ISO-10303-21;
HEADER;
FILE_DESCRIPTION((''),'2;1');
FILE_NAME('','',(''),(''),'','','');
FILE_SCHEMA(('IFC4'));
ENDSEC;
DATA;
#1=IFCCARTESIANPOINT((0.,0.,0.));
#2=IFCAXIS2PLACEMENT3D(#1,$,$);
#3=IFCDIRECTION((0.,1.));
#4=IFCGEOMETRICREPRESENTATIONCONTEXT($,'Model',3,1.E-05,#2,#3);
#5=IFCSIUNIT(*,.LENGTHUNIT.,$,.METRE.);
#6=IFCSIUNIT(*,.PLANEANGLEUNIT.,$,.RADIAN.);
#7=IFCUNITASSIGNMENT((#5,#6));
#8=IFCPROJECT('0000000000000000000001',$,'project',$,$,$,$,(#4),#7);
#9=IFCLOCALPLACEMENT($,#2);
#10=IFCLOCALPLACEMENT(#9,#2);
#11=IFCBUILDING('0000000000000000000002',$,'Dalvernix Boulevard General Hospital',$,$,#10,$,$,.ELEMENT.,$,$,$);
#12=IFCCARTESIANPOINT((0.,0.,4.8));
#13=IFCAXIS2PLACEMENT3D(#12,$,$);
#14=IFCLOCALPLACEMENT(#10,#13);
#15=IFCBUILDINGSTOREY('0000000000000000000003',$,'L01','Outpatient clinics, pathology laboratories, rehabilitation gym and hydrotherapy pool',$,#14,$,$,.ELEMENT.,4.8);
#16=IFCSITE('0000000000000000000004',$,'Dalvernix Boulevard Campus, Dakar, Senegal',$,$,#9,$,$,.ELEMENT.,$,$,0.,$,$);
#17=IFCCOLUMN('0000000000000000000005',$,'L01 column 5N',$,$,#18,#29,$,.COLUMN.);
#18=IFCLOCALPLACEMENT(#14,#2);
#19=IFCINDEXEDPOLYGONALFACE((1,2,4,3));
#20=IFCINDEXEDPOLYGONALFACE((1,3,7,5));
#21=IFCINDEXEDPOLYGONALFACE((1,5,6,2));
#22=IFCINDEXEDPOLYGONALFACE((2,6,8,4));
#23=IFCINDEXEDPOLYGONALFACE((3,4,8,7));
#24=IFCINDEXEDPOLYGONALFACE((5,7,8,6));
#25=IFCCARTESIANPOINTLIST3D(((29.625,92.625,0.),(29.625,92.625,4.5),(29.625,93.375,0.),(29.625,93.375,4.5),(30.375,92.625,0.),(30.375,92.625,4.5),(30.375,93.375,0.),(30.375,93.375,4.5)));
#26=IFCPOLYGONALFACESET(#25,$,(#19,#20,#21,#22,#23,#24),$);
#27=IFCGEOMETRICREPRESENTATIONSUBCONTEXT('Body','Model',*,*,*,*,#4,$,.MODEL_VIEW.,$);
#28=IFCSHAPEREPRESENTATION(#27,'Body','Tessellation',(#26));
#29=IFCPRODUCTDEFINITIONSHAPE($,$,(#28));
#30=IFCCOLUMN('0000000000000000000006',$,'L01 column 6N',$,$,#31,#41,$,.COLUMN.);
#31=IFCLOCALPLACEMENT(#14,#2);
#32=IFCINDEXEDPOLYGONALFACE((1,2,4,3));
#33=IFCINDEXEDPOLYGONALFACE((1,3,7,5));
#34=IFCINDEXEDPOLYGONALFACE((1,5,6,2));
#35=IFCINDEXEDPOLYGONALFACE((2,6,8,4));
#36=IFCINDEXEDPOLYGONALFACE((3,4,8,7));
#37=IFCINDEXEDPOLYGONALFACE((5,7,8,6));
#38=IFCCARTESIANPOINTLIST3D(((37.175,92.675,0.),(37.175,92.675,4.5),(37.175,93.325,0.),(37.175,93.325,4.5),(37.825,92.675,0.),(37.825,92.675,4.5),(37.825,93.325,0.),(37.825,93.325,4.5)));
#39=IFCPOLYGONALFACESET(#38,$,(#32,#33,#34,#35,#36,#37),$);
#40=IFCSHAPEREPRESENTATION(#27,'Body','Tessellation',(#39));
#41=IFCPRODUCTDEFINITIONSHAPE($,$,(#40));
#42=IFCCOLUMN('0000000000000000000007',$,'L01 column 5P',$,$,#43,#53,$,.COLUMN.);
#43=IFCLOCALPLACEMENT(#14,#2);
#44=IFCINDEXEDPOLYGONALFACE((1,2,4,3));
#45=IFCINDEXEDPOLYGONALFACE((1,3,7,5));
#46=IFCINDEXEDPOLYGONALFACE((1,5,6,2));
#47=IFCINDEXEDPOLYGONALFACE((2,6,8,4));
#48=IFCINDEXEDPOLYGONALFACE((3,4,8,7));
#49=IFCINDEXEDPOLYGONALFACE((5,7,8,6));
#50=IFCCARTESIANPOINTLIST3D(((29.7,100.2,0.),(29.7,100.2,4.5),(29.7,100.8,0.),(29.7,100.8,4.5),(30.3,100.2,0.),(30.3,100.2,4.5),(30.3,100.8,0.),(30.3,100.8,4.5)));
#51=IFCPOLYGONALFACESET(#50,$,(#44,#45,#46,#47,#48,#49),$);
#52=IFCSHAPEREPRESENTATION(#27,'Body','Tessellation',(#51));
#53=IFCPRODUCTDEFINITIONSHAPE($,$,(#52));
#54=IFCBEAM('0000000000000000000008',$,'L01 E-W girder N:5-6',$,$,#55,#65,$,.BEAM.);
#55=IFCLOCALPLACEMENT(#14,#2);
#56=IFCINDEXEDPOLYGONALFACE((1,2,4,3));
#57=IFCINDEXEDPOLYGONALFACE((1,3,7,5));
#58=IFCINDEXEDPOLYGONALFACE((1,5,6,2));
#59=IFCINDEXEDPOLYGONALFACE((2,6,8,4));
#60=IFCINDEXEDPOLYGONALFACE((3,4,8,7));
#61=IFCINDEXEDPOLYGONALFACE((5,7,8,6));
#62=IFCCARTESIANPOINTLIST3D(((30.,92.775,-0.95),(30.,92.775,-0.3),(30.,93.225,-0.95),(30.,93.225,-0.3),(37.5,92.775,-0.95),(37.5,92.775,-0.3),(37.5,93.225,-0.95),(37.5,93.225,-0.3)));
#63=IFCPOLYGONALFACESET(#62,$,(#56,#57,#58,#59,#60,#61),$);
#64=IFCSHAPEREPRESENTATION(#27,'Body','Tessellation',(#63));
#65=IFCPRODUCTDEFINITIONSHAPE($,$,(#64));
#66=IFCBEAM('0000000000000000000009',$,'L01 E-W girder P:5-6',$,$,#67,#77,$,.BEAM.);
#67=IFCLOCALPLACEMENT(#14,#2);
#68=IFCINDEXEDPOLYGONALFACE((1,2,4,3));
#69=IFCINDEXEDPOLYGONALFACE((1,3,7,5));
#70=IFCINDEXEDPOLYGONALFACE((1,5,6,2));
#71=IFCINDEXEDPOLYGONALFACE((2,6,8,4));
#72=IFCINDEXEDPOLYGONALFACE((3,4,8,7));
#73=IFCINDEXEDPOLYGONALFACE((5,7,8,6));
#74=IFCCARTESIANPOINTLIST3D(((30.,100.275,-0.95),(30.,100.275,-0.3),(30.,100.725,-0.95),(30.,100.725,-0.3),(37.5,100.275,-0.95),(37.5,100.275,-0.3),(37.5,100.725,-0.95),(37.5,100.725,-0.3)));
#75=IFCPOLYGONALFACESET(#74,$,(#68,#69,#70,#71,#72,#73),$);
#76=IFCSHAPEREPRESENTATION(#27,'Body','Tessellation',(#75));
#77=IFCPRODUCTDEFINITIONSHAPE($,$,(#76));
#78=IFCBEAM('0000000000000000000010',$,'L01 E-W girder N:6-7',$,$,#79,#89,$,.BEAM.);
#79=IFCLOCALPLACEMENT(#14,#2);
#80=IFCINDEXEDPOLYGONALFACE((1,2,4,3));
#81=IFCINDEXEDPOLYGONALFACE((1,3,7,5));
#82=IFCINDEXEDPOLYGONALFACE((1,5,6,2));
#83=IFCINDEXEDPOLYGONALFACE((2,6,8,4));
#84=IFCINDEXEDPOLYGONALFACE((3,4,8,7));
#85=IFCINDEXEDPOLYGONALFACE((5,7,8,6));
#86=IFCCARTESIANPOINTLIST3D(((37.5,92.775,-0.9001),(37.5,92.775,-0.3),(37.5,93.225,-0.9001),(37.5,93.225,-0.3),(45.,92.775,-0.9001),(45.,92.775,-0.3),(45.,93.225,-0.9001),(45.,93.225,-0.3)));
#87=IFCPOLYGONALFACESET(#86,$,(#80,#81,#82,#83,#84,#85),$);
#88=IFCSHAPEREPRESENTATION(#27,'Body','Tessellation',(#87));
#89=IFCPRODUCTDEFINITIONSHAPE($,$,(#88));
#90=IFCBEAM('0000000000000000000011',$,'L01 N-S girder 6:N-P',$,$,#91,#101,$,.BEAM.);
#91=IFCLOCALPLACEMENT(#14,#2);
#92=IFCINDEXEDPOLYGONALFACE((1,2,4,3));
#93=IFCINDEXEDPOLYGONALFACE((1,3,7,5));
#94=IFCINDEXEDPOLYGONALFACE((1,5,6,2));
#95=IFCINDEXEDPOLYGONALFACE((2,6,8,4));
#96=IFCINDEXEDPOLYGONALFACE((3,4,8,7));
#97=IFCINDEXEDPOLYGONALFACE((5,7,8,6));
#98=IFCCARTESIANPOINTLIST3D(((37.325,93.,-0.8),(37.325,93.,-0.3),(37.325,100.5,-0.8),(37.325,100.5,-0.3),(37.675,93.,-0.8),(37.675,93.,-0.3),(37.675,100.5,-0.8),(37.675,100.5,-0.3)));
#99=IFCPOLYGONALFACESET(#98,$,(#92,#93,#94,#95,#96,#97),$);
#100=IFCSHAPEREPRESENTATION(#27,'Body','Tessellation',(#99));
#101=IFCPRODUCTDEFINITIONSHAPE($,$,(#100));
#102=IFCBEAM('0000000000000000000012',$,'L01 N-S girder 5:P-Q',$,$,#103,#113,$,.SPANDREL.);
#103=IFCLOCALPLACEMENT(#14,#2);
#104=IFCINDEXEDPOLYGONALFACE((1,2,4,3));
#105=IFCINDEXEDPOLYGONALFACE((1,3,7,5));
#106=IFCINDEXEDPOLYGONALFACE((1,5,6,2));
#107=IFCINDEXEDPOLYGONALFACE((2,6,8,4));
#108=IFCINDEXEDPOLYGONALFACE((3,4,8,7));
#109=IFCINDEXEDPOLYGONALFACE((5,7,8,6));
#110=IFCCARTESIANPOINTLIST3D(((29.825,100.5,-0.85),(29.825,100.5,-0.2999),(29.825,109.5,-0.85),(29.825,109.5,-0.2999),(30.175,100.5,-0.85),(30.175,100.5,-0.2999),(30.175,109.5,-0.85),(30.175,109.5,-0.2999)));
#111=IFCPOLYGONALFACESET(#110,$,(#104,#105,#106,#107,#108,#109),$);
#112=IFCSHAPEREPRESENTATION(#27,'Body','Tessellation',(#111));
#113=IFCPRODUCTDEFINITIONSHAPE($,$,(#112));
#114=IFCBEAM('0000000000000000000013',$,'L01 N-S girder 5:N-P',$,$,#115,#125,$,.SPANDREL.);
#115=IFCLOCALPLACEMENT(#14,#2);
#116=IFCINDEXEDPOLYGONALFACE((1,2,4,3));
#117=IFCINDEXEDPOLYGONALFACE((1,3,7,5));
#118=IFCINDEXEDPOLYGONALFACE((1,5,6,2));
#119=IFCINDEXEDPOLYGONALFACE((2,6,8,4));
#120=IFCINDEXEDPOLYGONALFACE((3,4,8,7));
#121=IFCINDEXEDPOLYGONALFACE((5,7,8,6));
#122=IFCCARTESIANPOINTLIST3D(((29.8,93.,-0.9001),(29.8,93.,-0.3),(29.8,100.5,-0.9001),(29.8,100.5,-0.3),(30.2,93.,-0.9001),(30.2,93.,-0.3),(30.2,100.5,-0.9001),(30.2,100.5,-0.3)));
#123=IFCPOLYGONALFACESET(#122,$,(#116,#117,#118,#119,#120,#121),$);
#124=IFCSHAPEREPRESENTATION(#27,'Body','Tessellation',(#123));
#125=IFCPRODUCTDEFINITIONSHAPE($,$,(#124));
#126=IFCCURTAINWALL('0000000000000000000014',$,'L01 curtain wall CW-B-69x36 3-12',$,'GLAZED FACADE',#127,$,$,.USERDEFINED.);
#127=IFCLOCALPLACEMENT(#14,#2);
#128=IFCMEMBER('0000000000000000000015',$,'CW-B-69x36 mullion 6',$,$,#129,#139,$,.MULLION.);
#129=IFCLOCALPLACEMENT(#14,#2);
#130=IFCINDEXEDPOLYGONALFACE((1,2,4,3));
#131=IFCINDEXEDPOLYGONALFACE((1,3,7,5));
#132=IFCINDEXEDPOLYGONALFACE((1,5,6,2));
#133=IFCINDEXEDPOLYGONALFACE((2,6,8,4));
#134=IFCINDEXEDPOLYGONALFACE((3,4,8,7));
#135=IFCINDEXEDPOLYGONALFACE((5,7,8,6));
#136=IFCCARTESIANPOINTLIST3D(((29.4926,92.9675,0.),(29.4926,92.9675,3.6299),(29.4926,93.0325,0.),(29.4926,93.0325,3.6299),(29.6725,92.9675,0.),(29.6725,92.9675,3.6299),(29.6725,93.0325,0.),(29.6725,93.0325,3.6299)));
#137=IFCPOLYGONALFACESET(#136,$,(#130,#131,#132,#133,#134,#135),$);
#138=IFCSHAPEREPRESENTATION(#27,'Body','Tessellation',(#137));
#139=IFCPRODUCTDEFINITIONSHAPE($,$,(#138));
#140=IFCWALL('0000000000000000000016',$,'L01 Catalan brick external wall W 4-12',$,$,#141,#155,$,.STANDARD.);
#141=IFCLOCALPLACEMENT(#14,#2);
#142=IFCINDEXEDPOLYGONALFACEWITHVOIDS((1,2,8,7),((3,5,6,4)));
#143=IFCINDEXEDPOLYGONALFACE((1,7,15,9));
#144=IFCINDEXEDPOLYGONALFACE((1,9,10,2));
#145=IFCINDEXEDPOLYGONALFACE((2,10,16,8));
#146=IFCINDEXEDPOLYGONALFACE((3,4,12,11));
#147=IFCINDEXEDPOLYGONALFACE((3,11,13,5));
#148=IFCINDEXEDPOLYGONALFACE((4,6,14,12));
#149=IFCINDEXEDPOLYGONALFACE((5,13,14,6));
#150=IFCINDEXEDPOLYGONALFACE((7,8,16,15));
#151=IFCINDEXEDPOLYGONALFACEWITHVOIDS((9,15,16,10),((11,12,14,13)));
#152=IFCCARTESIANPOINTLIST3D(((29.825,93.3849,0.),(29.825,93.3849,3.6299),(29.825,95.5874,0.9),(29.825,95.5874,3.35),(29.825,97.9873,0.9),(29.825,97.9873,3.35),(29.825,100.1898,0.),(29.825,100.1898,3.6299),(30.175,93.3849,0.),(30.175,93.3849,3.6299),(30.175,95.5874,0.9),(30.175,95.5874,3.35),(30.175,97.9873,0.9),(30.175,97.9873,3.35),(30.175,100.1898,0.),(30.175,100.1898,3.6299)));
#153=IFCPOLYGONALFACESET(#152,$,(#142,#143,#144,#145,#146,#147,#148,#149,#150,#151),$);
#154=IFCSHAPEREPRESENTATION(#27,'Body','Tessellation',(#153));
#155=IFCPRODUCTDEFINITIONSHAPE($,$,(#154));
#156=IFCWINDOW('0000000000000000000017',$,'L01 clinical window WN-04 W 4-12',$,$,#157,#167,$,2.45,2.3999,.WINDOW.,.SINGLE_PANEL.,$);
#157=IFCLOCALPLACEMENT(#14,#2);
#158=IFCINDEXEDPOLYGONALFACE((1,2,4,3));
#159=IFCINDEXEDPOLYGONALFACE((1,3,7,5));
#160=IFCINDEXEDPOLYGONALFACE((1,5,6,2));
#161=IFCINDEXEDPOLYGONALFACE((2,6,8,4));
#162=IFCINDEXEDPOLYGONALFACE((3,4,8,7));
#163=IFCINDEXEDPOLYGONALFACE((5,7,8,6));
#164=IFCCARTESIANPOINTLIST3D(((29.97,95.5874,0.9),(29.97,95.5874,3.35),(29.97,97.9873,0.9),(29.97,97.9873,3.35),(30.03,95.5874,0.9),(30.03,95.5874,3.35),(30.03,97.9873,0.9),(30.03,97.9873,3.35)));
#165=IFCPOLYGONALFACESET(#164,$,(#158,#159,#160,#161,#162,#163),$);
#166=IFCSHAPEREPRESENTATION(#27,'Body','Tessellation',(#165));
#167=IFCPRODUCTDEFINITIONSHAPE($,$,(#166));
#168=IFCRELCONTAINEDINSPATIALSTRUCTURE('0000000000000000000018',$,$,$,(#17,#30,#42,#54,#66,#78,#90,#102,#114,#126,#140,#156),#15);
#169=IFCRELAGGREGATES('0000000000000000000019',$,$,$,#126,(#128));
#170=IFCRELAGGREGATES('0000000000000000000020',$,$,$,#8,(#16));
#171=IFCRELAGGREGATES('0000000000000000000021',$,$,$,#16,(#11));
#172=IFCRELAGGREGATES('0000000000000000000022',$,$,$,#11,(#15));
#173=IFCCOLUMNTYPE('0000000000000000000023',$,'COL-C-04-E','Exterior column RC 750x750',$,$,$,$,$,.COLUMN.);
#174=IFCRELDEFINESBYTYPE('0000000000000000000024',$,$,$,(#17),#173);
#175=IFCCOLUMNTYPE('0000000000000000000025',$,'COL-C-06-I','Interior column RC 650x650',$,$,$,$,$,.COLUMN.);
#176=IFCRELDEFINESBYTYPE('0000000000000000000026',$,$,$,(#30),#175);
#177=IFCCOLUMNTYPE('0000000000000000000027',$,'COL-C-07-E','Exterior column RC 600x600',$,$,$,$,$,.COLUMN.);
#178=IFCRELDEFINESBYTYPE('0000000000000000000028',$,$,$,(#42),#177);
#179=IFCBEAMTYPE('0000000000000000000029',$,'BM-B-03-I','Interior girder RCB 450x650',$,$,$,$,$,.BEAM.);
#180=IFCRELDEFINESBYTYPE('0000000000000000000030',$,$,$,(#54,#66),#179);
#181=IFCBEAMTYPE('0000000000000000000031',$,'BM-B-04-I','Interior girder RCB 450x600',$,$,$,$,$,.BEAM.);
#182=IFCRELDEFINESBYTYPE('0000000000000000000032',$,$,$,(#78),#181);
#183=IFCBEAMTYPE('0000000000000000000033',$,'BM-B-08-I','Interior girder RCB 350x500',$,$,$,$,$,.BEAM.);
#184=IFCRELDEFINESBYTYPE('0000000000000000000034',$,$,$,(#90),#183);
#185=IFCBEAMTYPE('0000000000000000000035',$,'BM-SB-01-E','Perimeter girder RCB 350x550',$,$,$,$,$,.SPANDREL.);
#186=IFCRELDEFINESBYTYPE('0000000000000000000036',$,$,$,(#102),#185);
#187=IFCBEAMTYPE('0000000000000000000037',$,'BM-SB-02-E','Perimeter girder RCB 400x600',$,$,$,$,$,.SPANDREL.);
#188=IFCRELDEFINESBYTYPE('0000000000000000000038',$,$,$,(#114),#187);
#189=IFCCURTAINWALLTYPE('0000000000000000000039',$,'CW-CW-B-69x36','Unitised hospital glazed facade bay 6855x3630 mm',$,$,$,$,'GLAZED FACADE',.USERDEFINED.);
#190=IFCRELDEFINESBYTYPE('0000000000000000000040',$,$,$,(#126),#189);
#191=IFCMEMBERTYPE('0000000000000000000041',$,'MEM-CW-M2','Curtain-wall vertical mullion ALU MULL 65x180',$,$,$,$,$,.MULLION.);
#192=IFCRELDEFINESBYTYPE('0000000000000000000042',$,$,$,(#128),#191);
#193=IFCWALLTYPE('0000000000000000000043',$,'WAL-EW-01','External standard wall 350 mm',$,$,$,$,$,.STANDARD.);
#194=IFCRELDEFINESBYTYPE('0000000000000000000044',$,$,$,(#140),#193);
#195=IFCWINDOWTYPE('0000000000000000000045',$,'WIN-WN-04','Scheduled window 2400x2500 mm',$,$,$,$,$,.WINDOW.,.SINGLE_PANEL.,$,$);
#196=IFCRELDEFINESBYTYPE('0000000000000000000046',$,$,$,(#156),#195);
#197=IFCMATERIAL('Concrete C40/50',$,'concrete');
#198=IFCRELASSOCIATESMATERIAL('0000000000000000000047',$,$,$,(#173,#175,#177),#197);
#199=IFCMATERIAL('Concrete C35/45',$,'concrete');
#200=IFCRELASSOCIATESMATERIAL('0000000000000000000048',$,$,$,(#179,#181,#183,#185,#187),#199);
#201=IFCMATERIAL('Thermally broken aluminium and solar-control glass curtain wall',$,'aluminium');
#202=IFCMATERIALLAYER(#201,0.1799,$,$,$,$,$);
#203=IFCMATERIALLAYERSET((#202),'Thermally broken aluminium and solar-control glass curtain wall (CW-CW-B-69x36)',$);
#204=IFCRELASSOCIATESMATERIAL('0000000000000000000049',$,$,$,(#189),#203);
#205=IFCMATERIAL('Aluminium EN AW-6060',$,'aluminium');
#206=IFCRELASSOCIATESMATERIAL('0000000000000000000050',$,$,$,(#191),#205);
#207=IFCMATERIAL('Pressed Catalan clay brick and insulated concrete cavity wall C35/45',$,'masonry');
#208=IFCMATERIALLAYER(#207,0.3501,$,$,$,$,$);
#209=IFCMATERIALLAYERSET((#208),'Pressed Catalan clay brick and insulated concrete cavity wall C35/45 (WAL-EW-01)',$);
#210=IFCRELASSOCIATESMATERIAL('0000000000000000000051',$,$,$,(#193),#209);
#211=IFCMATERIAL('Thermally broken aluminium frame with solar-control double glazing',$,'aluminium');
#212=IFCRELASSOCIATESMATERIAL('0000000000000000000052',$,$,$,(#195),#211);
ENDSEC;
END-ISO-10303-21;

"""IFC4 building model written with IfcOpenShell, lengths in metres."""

from ifc_helpers import new_model, si_unit, direction, frame, frame_2d, origin, origin_2d, place, context, subcontext, project, spatial, rectangle, extrude, material, layer, layer_set, material_profile, profile_set, type_object, element, fill, aggregate, save


model = new_model("IFC4")

# Units and contexts
model_context = context("Model", 3, precision=1e-05, world=origin(), true_north=direction((0.0, 1.0)))
body_context = subcontext(model_context, "Body", "Model", "MODEL_VIEW")
ifc_project = project(units=[si_unit("LENGTHUNIT", "METRE"), si_unit("PLANEANGLEUNIT", "RADIAN")], contexts=[model_context])

# Site, building, storey
site_placement = place(None, origin())
site = spatial("IfcSite", under=ifc_project, at=site_placement, Name="Dalvernix Boulevard Campus, Dakar, Senegal", CompositionType="ELEMENT", RefElevation=0.0)
building_placement = place(site_placement, origin())
building = spatial("IfcBuilding", under=site, at=building_placement, Name="Dalvernix Boulevard General Hospital", CompositionType="ELEMENT")
storey_placement = place(building_placement, frame((0.0, 0.0, 4.8)))
storey = spatial("IfcBuildingStorey", under=building, at=storey_placement, Name="L01", Description="Outpatient clinics, pathology laboratories, rehabilitation gym and hydrotherapy pool", CompositionType="ELEMENT", Elevation=4.8)

# Columns
ifc_material_1 = material(Name="Concrete C40/50", Category="concrete")
ifc_material_profile_1 = material_profile(ifc_material_1, rectangle(XDim=0.75, YDim=0.75, at=origin_2d()), Name="RC 750x750")
ifc_profile_set_1 = profile_set([ifc_material_profile_1], Name="Concrete C40/50")
column_type_1 = type_object("IfcColumnType", Name="COL-C-04-E", Description="Exterior column RC 750x750", PredefinedType="COLUMN", material=ifc_profile_set_1)
column_1_placement = place(storey_placement, frame((30.0, 93.0, 0.0), z_axis=(0.0, 0.0, 1.0), x_axis=(1.0, 0.0, 0.0)))
element("IfcColumn", 1, at=column_1_placement, inside=storey, type_object=column_type_1, Name="L01 column 5N", PredefinedType="COLUMN", context=body_context, shape_type="SweptSolid", body=[
    extrude(rectangle(XDim=0.75, YDim=0.75, at=origin_2d()), origin(), (0.0, 0.0, 1.0), 4.5),
])
ifc_material_profile_2 = material_profile(ifc_material_1, rectangle(XDim=0.6499, YDim=0.6499, at=origin_2d()), Name="RC 650x650")
ifc_profile_set_2 = profile_set([ifc_material_profile_2], Name="Concrete C40/50")
column_type_2 = type_object("IfcColumnType", Name="COL-C-06-I", Description="Interior column RC 650x650", PredefinedType="COLUMN", material=ifc_profile_set_2)
column_2_placement = place(storey_placement, frame((37.5, 93.0, 0.0), z_axis=(0.0, 0.0, 1.0), x_axis=(1.0, 0.0, 0.0)))
element("IfcColumn", 2, at=column_2_placement, inside=storey, type_object=column_type_2, Name="L01 column 6N", PredefinedType="COLUMN", context=body_context, shape_type="SweptSolid", body=[
    extrude(rectangle(XDim=0.6499, YDim=0.6499, at=origin_2d()), origin(), (0.0, 0.0, 1.0), 4.5),
])
ifc_material_profile_3 = material_profile(ifc_material_1, rectangle(XDim=0.6001, YDim=0.6001, at=origin_2d()), Name="RC 600x600")
ifc_profile_set_3 = profile_set([ifc_material_profile_3], Name="Concrete C40/50")
column_type_3 = type_object("IfcColumnType", Name="COL-C-07-E", Description="Exterior column RC 600x600", PredefinedType="COLUMN", material=ifc_profile_set_3)
column_3_placement = place(storey_placement, frame((30.0, 100.5, 0.0), z_axis=(0.0, 0.0, 1.0), x_axis=(1.0, 0.0, 0.0)))
element("IfcColumn", 3, at=column_3_placement, inside=storey, type_object=column_type_3, Name="L01 column 5P", PredefinedType="COLUMN", context=body_context, shape_type="SweptSolid", body=[
    extrude(rectangle(XDim=0.6001, YDim=0.6001, at=origin_2d()), origin(), (0.0, 0.0, 1.0), 4.5),
])

# Beams
ifc_material_2 = material(Name="Concrete C35/45", Category="concrete")
ifc_material_profile_4 = material_profile(ifc_material_2, rectangle(XDim=0.45, YDim=0.6499, at=origin_2d()), Name="RCB 450x650")
ifc_profile_set_4 = profile_set([ifc_material_profile_4], Name="Concrete C35/45")
beam_type_1 = type_object("IfcBeamType", Name="BM-B-03-I", Description="Interior girder RCB 450x650", PredefinedType="BEAM", material=ifc_profile_set_4)
for number, where, z_axis, x_axis, name in (
    (4, (30.0, 93.0, -0.625), (1.0, 0.0, 0.0), (0.0, 1.0, 0.0), "L01 E-W girder N:5-6"),
    (5, (30.0, 100.5, -0.625), (1.0, 0.0, 0.0), (0.0, 1.0, 0.0), "L01 E-W girder P:5-6"),
):
    element("IfcBeam", number, at=place(storey_placement, frame(where, z_axis=z_axis, x_axis=x_axis)), inside=storey, type_object=beam_type_1, Name=name, PredefinedType="BEAM", context=body_context, shape_type="SweptSolid", body=[
        extrude(rectangle(XDim=0.45, YDim=0.6499, at=origin_2d()), origin(), (0.0, 0.0, 1.0), 7.5),
    ])
ifc_material_profile_5 = material_profile(ifc_material_2, rectangle(XDim=0.45, YDim=0.6001, at=origin_2d()), Name="RCB 450x600")
ifc_profile_set_5 = profile_set([ifc_material_profile_5], Name="Concrete C35/45")
beam_type_2 = type_object("IfcBeamType", Name="BM-B-04-I", Description="Interior girder RCB 450x600", PredefinedType="BEAM", material=ifc_profile_set_5)
beam_1_placement = place(storey_placement, frame((37.5, 93.0, -0.6001), z_axis=(1.0, 0.0, 0.0), x_axis=(0.0, 1.0, 0.0)))
element("IfcBeam", 6, at=beam_1_placement, inside=storey, type_object=beam_type_2, Name="L01 E-W girder N:6-7", PredefinedType="BEAM", context=body_context, shape_type="SweptSolid", body=[
    extrude(rectangle(XDim=0.45, YDim=0.6001, at=origin_2d()), origin(), (0.0, 0.0, 1.0), 7.5),
])
ifc_material_profile_6 = material_profile(ifc_material_2, rectangle(XDim=0.3501, YDim=0.5, at=origin_2d()), Name="RCB 350x500")
ifc_profile_set_6 = profile_set([ifc_material_profile_6], Name="Concrete C35/45")
beam_type_3 = type_object("IfcBeamType", Name="BM-B-08-I", Description="Interior girder RCB 350x500", PredefinedType="BEAM", material=ifc_profile_set_6)
beam_2_placement = place(storey_placement, frame((37.5, 93.0, -0.55), z_axis=(0.0, 1.0, 0.0), x_axis=(-1.0, 0.0, 0.0)))
element("IfcBeam", 7, at=beam_2_placement, inside=storey, type_object=beam_type_3, Name="L01 N-S girder 6:N-P", PredefinedType="BEAM", context=body_context, shape_type="SweptSolid", body=[
    extrude(rectangle(XDim=0.3501, YDim=0.5, at=origin_2d()), origin(), (0.0, 0.0, 1.0), 7.5),
])
ifc_material_profile_7 = material_profile(ifc_material_2, rectangle(XDim=0.3501, YDim=0.55, at=origin_2d()), Name="RCB 350x550")
ifc_profile_set_7 = profile_set([ifc_material_profile_7], Name="Concrete C35/45")
beam_type_4 = type_object("IfcBeamType", Name="BM-SB-01-E", Description="Perimeter girder RCB 350x550", PredefinedType="SPANDREL", material=ifc_profile_set_7)
beam_3_placement = place(storey_placement, frame((30.0, 100.5, -0.575), z_axis=(0.0, 1.0, 0.0), x_axis=(-1.0, 0.0, 0.0)))
element("IfcBeam", 8, at=beam_3_placement, inside=storey, type_object=beam_type_4, Name="L01 N-S girder 5:P-Q", PredefinedType="SPANDREL", context=body_context, shape_type="SweptSolid", body=[
    extrude(rectangle(XDim=0.3501, YDim=0.55, at=origin_2d()), origin(), (0.0, 0.0, 1.0), 9.0),
])
ifc_material_profile_8 = material_profile(ifc_material_2, rectangle(XDim=0.3999, YDim=0.6001, at=origin_2d()), Name="RCB 400x600")
ifc_profile_set_8 = profile_set([ifc_material_profile_8], Name="Concrete C35/45")
beam_type_5 = type_object("IfcBeamType", Name="BM-SB-02-E", Description="Perimeter girder RCB 400x600", PredefinedType="SPANDREL", material=ifc_profile_set_8)
beam_4_placement = place(storey_placement, frame((30.0, 93.0, -0.6001), z_axis=(0.0, 1.0, 0.0), x_axis=(-1.0, 0.0, 0.0)))
element("IfcBeam", 9, at=beam_4_placement, inside=storey, type_object=beam_type_5, Name="L01 N-S girder 5:N-P", PredefinedType="SPANDREL", context=body_context, shape_type="SweptSolid", body=[
    extrude(rectangle(XDim=0.3999, YDim=0.6001, at=origin_2d()), origin(), (0.0, 0.0, 1.0), 7.5),
])

# Curtain wall, member
ifc_material_3 = material(Name="Thermally broken aluminium and solar-control glass curtain wall", Category="aluminium")
ifc_layer_1 = layer(ifc_material_3, 0.1799)
ifc_layer_set_1 = layer_set([ifc_layer_1], Name="Thermally broken aluminium and solar-control glass curtain wall (CW-CW-B-69x36)")
curtain_wall_type = type_object("IfcCurtainWallType", Name="CW-CW-B-69x36", Description="Unitised hospital glazed facade bay 6855x3630 mm", ElementType="GLAZED FACADE", PredefinedType="USERDEFINED", material=ifc_layer_set_1)
curtain_wall_placement = place(storey_placement, origin())
curtain_wall = element("IfcCurtainWall", 10, at=curtain_wall_placement, inside=storey, type_object=curtain_wall_type, Name="L01 curtain wall CW-B-69x36 3-12", ObjectType="GLAZED FACADE", PredefinedType="USERDEFINED")
ifc_material_4 = material(Name="Aluminium EN AW-6060", Category="aluminium")
ifc_material_profile_9 = material_profile(ifc_material_4, rectangle(XDim=0.0649, YDim=0.1799, at=origin_2d()), Name="ALU MULL 65x180")
ifc_profile_set_9 = profile_set([ifc_material_profile_9], Name="Aluminium EN AW-6060")
member_type = type_object("IfcMemberType", Name="MEM-CW-M2", Description="Curtain-wall vertical mullion ALU MULL 65x180", PredefinedType="MULLION", material=ifc_profile_set_9)
member_placement = place(storey_placement, frame((29.5825, 93.0, 0.0), z_axis=(0.0, 0.0, 1.0), x_axis=(0.0, 1.0, 0.0)))
member = element("IfcMember", 11, at=member_placement, type_object=member_type, Name="CW-B-69x36 mullion 6", PredefinedType="MULLION", context=body_context, shape_type="SweptSolid", body=[
    extrude(rectangle(XDim=0.0649, YDim=0.1799, at=origin_2d()), origin(), (0.0, 0.0, 1.0), 3.6299),
])
aggregate(curtain_wall, [member])

# Wall, opening, window
ifc_material_5 = material(Name="Pressed Catalan clay brick and insulated concrete cavity wall C35/45", Category="masonry")
ifc_layer_2 = layer(ifc_material_5, 0.3501)
ifc_layer_set_2 = layer_set([ifc_layer_2], Name="Pressed Catalan clay brick and insulated concrete cavity wall C35/45 (WAL-EW-01)")
wall_type = type_object("IfcWallType", Name="WAL-EW-01", Description="External standard wall 350 mm", PredefinedType="STANDARD", material=ifc_layer_set_2)
wall_placement = place(storey_placement, frame((30.0, 93.385, 0.0), z_axis=(0.0, 0.0, 1.0), x_axis=(0.0, 1.0, 0.0)))
wall = element("IfcWall", 12, at=wall_placement, inside=storey, type_object=wall_type, Name="L01 Catalan brick external wall W 4-12", PredefinedType="STANDARD", context=body_context, shape_type="SweptSolid", body=[
    extrude(rectangle(XDim=6.8049, YDim=0.3501, at=frame_2d((3.4023, 0.0))), origin(), (0.0, 0.0, 1.0), 3.6299),
])
opening_placement = place(wall_placement, frame((2.2024, 0.0, 0.8999)))
opening = element("IfcOpeningElement", 13, at=opening_placement, cuts=wall, PredefinedType="OPENING", context=body_context, shape_type="SweptSolid", body=[
    extrude(rectangle(XDim=2.3999, YDim=2.45, at=frame_2d((1.2, 1.2251))), frame((0.0, 0.1851, 0.0), z_axis=(0.0, -1.0, 0.0), x_axis=(1.0, 0.0, 0.0)), (0.0, 0.0, 1.0), 0.3701),
])
ifc_material_6 = material(Name="Thermally broken aluminium frame with solar-control double glazing", Category="aluminium")
window_type = type_object("IfcWindowType", Name="WIN-WN-04", Description="Scheduled window 2400x2500 mm", PartitioningType="SINGLE_PANEL", PredefinedType="WINDOW", material=ifc_material_6)
window_placement = place(opening_placement, origin())
window = element("IfcWindow", 14, at=window_placement, inside=storey, type_object=window_type, Name="L01 clinical window WN-04 W 4-12", OverallHeight=2.45, OverallWidth=2.3999, PartitioningType="SINGLE_PANEL", PredefinedType="WINDOW", context=body_context, shape_type="SweptSolid", body=[
    extrude(rectangle(XDim=2.3999, YDim=2.45, at=frame_2d((1.2, 1.2251))), frame((0.0, 0.03, 0.0), z_axis=(0.0, -1.0, 0.0), x_axis=(1.0, 0.0, 0.0)), (0.0, 0.0, 1.0), 0.0601),
])
fill(opening, window)

save(model, "model.ifc")
